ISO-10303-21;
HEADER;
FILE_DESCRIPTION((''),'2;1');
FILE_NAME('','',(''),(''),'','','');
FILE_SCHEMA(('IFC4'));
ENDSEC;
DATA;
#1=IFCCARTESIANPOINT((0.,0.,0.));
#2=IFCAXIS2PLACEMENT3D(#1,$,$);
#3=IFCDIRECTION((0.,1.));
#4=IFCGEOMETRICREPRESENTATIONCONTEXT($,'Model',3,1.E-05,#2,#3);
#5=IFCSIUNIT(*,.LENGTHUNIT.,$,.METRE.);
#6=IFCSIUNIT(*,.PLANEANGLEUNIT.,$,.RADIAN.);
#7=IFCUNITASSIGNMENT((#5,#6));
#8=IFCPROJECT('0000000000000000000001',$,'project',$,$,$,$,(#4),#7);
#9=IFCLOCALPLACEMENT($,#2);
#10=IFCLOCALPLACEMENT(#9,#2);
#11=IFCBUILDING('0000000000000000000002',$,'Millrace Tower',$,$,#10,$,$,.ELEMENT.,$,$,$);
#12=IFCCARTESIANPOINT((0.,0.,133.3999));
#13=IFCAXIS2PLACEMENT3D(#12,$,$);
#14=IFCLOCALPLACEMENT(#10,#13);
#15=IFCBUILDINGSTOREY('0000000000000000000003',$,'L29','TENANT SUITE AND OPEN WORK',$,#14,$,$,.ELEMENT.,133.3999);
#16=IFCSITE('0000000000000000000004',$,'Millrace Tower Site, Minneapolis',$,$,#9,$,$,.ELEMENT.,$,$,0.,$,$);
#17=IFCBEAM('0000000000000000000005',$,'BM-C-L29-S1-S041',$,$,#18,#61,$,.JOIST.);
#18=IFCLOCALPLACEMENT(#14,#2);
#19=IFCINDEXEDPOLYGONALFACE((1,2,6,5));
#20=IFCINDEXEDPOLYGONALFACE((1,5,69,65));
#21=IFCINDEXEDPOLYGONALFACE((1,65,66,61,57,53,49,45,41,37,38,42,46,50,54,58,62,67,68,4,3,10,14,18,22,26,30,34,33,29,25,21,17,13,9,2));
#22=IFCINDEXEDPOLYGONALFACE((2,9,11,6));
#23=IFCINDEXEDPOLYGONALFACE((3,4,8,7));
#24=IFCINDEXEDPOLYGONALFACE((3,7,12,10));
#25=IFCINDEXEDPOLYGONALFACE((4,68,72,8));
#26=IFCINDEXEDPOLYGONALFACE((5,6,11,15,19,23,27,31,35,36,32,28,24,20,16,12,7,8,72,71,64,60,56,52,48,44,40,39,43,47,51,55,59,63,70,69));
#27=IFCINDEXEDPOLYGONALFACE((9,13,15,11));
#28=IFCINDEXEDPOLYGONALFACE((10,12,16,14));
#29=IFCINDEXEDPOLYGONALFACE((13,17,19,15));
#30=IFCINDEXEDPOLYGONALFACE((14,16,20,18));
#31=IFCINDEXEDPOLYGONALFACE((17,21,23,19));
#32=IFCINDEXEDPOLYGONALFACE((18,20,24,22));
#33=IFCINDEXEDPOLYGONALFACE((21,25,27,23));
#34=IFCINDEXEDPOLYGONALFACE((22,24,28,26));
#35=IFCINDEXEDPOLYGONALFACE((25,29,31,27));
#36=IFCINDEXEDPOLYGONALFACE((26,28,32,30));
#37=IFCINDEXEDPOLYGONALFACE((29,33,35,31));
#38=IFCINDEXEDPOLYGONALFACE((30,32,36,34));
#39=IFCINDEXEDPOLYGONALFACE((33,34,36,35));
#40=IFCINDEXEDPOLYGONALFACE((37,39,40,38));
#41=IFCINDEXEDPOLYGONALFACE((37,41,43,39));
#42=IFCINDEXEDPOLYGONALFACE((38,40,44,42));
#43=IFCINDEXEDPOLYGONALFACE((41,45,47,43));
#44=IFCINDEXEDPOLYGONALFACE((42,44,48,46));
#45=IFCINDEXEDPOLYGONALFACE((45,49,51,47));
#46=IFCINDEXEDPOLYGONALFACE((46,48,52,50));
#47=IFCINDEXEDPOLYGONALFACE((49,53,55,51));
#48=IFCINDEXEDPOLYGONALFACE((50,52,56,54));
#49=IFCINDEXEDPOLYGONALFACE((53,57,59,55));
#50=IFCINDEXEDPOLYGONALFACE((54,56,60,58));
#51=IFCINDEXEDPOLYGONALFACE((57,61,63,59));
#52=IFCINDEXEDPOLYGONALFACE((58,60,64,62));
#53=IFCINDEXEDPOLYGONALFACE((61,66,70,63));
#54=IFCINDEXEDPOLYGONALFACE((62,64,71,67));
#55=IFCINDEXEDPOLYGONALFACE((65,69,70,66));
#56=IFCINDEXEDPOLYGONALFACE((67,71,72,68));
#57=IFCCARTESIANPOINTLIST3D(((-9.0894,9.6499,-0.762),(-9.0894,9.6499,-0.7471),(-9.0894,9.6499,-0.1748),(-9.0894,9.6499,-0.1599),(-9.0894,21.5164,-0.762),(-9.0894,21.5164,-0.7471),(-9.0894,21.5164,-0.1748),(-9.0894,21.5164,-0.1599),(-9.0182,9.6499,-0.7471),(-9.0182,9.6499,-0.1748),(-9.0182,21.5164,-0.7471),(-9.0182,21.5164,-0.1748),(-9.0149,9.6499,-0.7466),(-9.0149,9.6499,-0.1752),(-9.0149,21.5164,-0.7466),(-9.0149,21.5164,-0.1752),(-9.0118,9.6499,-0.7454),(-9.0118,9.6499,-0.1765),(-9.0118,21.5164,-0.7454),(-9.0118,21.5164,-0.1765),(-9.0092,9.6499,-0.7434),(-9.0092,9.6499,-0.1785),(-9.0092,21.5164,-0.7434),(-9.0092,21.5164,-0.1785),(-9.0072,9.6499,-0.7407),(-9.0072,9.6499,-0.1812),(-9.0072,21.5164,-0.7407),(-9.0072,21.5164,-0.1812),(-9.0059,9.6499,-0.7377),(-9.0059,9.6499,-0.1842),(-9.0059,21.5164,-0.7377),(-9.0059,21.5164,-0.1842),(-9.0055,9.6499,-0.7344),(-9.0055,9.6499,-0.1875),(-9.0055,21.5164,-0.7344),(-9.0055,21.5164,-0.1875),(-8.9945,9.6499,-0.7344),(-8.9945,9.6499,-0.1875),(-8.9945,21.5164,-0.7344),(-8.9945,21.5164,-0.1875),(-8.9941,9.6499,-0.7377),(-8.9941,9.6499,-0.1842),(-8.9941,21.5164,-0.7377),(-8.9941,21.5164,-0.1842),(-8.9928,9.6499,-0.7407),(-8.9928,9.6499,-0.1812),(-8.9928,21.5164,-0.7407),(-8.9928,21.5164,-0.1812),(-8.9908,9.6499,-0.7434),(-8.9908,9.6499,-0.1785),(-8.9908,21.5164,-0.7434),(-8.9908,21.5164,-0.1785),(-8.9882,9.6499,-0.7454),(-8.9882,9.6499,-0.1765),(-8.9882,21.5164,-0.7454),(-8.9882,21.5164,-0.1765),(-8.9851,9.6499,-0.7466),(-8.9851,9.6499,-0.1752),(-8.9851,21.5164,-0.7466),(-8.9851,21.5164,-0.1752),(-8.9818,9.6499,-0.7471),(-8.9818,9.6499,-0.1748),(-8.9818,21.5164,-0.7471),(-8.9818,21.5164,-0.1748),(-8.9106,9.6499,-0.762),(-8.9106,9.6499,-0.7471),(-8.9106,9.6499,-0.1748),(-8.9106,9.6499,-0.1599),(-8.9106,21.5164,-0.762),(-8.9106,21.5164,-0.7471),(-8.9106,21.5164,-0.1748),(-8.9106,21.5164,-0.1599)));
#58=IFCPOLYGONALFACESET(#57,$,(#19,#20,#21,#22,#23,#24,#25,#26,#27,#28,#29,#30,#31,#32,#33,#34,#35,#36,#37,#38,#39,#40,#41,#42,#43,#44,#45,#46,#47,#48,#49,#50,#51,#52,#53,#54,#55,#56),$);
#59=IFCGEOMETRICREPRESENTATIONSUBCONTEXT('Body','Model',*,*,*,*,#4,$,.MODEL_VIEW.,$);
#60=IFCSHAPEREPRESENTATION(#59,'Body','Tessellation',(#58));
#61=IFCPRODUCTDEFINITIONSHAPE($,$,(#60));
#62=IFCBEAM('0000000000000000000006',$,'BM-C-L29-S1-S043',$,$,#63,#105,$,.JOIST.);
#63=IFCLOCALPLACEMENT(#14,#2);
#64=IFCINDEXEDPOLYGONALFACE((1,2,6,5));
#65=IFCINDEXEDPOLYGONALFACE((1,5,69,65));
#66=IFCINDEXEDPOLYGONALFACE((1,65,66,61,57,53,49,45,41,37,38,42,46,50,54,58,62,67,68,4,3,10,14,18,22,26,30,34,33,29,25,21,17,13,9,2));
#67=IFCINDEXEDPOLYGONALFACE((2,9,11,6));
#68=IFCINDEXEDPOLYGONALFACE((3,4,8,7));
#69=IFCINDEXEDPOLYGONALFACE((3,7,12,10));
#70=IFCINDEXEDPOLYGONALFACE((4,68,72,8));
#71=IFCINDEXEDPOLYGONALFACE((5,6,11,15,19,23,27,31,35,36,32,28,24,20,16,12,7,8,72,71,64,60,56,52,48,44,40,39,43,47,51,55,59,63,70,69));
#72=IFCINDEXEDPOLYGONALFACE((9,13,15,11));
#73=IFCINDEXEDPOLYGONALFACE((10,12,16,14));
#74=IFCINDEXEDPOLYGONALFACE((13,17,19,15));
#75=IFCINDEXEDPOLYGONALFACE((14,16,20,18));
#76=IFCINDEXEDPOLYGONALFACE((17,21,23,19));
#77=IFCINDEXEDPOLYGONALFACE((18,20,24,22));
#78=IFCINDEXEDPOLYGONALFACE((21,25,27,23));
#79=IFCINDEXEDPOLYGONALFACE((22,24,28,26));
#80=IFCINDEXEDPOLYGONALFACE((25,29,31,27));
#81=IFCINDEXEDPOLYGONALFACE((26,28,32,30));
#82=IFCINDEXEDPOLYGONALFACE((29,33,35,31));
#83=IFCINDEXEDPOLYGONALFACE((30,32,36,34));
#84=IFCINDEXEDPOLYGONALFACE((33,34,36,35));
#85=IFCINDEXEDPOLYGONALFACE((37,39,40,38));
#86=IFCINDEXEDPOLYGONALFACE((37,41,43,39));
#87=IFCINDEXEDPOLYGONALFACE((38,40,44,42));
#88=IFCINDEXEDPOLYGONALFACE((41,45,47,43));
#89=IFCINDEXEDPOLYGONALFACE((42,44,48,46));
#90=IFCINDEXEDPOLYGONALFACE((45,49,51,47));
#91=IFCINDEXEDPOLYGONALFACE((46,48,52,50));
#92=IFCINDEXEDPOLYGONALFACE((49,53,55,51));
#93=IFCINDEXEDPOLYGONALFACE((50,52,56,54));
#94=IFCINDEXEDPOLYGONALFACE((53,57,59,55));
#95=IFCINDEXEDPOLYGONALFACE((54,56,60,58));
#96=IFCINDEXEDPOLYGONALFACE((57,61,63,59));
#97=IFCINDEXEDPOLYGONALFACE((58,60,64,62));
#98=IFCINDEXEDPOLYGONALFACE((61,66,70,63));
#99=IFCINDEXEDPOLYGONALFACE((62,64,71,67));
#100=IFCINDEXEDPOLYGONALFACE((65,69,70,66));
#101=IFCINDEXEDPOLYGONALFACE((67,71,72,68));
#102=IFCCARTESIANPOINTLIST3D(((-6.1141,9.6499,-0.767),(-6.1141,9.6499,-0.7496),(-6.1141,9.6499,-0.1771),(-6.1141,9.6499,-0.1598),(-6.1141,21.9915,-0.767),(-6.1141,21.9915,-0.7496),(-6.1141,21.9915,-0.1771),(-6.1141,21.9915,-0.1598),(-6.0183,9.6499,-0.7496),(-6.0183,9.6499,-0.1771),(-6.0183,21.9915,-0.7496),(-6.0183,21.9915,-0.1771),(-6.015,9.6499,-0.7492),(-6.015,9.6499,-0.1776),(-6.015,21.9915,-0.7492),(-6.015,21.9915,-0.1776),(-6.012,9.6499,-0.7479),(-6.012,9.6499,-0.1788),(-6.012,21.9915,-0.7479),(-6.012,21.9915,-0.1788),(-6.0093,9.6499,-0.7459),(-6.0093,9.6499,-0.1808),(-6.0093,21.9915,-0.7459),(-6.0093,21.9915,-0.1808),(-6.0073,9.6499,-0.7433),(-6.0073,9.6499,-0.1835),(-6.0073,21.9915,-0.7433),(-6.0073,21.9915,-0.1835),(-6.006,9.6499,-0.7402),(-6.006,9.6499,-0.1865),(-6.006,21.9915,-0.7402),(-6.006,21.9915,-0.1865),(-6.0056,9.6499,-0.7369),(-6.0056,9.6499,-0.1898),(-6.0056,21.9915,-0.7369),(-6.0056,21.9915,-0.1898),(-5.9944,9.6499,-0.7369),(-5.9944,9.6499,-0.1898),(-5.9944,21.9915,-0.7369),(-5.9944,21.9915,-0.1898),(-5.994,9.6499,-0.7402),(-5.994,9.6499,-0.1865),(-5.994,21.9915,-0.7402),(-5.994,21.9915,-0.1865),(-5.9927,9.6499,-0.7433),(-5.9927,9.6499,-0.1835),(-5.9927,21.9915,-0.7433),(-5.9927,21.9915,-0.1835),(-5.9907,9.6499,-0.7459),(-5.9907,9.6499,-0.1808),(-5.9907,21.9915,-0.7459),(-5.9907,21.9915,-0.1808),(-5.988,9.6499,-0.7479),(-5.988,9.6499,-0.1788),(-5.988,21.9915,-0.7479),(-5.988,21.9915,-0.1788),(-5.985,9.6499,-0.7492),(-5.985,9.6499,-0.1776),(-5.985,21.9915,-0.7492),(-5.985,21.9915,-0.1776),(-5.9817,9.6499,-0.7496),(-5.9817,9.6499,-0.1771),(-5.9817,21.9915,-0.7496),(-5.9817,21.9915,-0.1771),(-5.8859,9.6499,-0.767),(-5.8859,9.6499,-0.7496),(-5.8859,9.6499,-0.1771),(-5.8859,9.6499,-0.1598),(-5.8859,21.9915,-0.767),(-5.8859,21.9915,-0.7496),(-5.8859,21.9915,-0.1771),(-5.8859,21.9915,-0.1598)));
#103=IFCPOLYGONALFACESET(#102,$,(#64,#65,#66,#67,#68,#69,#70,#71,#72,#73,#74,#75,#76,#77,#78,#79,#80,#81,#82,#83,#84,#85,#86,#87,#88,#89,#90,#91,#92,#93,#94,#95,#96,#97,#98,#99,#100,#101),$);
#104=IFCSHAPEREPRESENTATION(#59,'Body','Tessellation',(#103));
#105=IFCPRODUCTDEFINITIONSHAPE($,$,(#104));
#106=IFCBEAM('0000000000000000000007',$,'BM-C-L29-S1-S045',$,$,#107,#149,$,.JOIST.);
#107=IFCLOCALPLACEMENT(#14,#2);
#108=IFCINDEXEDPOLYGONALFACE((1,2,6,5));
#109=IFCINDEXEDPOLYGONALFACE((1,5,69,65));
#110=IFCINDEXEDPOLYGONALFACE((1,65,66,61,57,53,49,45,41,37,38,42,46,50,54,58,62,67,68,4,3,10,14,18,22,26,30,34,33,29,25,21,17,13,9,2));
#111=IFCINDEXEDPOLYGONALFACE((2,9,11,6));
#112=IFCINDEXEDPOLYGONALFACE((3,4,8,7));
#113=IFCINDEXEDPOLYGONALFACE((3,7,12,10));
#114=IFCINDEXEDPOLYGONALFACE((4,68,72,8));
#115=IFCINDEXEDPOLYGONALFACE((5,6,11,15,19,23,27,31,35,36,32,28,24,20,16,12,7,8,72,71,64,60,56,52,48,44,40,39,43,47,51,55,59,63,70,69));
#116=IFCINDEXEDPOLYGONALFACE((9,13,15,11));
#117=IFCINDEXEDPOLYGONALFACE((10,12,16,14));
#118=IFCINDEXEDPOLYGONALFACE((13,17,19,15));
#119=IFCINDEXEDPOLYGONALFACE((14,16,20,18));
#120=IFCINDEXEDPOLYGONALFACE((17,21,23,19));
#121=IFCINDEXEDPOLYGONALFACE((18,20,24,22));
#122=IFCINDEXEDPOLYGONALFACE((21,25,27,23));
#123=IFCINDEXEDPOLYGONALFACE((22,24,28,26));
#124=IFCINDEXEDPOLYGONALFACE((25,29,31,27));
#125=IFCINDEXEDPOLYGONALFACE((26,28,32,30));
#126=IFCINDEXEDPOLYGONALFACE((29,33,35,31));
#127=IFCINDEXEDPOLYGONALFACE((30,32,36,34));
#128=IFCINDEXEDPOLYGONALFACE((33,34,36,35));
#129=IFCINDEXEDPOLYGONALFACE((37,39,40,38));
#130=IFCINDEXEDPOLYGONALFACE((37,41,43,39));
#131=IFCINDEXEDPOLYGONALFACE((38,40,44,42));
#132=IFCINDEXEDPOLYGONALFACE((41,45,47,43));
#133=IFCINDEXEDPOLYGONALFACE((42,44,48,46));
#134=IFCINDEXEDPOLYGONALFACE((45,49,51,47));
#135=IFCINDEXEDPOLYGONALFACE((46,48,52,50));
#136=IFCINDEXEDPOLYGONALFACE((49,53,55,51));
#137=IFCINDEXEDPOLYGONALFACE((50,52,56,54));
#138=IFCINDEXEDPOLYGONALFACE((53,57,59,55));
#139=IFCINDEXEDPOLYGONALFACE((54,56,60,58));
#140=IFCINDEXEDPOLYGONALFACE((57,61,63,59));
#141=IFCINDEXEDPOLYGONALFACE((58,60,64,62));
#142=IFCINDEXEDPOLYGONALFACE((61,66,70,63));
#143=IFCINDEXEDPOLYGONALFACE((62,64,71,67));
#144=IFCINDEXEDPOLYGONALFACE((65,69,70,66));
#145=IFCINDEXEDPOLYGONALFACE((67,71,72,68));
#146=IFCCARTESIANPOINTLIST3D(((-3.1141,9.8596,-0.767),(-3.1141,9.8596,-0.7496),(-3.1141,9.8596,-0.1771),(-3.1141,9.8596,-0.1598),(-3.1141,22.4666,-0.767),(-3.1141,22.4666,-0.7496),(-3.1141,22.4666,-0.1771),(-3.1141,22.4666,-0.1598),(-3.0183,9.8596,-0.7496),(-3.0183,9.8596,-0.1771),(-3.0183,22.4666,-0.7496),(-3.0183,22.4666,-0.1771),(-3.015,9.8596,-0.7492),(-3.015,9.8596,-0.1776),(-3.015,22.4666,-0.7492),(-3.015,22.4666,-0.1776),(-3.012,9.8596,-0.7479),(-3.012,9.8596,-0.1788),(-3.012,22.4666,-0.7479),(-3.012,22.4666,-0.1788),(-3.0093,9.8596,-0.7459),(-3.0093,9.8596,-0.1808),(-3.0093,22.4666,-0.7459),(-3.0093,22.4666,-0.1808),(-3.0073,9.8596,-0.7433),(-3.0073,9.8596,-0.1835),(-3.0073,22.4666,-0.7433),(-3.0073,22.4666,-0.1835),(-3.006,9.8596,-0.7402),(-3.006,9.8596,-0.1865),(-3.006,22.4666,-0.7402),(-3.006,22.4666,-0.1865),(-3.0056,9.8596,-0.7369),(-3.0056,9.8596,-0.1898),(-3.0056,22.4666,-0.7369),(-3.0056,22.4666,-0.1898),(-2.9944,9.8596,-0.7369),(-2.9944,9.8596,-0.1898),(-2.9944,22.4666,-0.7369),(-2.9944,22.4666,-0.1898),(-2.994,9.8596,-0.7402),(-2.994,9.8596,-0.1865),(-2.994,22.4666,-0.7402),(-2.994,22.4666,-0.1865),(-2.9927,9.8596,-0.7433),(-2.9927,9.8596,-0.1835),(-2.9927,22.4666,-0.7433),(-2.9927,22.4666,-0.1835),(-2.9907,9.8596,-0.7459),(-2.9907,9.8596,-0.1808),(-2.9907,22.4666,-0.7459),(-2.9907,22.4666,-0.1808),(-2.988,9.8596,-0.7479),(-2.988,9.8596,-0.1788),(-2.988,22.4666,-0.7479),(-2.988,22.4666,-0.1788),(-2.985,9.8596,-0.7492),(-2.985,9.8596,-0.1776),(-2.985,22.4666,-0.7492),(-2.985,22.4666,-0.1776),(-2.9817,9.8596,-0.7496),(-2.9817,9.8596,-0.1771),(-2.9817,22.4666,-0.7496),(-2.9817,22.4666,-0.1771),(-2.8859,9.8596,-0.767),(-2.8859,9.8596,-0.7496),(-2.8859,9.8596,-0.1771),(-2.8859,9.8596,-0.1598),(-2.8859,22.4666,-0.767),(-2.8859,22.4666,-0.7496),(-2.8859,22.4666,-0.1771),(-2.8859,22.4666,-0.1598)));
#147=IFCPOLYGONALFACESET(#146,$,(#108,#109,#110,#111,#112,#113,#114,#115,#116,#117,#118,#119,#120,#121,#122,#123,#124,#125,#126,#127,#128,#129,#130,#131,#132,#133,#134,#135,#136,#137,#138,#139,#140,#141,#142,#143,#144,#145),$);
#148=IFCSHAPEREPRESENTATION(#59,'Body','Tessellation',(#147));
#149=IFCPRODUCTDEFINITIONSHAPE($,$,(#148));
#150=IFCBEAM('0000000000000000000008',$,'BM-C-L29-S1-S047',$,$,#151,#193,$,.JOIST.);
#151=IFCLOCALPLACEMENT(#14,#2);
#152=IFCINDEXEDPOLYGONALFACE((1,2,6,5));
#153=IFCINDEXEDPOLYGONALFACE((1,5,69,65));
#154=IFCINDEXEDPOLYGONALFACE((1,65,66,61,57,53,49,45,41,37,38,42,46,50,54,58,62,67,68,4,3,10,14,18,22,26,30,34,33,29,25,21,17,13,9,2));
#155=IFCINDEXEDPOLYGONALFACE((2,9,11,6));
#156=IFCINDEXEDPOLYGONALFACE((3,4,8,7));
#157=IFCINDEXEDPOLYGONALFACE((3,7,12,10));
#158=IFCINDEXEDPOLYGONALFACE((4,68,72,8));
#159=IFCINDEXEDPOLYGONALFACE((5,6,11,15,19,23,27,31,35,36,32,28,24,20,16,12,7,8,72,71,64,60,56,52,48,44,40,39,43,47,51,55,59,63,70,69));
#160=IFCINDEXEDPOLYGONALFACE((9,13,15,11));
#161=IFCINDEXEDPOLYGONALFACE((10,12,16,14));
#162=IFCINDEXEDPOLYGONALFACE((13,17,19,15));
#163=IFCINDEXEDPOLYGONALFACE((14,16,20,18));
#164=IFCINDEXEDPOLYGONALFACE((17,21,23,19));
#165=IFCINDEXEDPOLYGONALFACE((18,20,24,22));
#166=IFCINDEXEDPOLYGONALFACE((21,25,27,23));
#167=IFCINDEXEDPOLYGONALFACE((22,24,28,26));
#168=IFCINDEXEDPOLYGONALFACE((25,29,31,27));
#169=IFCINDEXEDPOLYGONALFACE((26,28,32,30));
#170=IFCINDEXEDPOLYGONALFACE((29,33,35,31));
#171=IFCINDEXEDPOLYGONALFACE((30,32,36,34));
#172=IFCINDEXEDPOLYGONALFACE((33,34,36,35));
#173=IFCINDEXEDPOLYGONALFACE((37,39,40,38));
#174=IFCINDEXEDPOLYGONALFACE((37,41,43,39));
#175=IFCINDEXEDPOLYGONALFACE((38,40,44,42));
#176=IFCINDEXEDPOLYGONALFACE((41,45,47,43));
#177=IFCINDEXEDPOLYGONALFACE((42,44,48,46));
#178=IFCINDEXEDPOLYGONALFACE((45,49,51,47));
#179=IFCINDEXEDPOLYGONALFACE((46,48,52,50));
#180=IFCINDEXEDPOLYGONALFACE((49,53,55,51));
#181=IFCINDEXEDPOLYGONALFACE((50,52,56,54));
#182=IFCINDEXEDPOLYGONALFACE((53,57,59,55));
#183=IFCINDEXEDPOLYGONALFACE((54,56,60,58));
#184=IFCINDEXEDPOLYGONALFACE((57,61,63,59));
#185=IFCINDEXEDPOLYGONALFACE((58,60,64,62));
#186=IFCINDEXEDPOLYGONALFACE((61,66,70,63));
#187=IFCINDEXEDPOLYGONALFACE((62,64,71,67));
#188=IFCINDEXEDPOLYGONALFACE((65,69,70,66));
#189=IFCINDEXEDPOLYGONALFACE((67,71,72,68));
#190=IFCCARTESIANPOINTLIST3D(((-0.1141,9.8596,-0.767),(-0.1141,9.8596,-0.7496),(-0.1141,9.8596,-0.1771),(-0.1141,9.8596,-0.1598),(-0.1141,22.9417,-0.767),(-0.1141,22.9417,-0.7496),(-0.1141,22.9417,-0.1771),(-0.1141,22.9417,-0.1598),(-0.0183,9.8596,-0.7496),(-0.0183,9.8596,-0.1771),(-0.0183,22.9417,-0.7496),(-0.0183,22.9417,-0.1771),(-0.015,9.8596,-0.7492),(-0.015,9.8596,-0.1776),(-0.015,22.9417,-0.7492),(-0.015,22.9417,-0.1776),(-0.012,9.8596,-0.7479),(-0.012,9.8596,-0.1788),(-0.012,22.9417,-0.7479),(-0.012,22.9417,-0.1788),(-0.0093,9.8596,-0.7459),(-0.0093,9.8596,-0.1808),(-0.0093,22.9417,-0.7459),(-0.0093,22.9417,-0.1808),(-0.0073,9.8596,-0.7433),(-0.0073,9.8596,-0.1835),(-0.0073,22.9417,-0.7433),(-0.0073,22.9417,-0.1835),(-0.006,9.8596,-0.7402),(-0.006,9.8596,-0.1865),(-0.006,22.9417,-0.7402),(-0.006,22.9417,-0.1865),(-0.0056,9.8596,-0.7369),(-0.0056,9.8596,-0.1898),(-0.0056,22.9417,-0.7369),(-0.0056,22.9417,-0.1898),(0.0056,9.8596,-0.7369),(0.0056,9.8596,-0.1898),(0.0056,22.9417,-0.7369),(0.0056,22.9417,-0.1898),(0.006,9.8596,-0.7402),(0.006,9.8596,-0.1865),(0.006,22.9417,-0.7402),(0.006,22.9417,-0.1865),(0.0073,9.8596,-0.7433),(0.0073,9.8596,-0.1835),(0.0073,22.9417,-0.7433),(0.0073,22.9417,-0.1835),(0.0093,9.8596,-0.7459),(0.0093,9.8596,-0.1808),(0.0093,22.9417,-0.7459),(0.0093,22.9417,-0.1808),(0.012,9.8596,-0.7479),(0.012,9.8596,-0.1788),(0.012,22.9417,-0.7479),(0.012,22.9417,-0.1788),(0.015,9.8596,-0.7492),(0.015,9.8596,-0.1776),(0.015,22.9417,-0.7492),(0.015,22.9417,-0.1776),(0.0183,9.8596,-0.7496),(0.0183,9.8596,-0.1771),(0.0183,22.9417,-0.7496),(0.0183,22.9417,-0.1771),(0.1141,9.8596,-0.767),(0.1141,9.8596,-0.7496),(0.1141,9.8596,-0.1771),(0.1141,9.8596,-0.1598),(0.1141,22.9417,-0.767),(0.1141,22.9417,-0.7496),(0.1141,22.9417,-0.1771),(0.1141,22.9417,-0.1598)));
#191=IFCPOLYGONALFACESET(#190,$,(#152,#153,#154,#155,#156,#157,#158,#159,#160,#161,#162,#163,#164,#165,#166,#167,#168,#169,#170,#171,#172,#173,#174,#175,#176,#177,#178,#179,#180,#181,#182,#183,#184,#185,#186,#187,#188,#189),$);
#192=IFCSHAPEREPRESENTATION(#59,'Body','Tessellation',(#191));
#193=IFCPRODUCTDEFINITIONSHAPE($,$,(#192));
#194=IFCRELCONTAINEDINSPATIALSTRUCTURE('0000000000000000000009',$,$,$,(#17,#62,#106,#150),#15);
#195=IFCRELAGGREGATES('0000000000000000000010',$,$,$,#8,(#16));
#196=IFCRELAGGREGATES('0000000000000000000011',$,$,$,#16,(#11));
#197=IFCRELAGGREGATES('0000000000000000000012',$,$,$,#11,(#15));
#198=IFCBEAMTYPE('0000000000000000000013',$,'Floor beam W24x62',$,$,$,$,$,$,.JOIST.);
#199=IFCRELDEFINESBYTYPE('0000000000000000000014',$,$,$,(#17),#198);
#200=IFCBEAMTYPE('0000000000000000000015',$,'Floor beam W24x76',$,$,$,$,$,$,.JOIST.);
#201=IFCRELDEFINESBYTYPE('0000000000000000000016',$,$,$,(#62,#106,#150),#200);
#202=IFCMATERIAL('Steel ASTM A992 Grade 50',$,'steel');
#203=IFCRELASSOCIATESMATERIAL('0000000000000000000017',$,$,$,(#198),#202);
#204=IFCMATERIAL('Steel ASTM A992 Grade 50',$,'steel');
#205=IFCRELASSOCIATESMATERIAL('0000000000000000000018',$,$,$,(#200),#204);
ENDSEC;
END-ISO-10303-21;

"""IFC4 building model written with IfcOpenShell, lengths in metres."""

from ifc_helpers import new_model, si_unit, direction, frame, origin, origin_2d, place, context, subcontext, project, spatial, i_section, extrude, material, material_profile, profile_set, type_object, element, save


model = new_model("IFC4")

# Units and contexts
model_context = context("Model", 3, precision=1e-05, world=origin(), true_north=direction((0.0, 1.0)))
body_context = subcontext(model_context, "Body", "Model", "MODEL_VIEW")
ifc_project = project(units=[si_unit("LENGTHUNIT", "METRE"), si_unit("PLANEANGLEUNIT", "RADIAN")], contexts=[model_context])

# Site, building, storey
site_placement = place(None, origin())
site = spatial("IfcSite", under=ifc_project, at=site_placement, Name="Millrace Tower Site, Minneapolis", CompositionType="ELEMENT", RefElevation=0.0)
building_placement = place(site_placement, origin())
building = spatial("IfcBuilding", under=site, at=building_placement, Name="Millrace Tower", CompositionType="ELEMENT")
storey_placement = place(building_placement, frame((0.0, 0.0, 133.3999)))
storey = spatial("IfcBuildingStorey", under=building, at=storey_placement, Name="L29", Description="TENANT SUITE AND OPEN WORK", CompositionType="ELEMENT", Elevation=133.3999)

# Beams
ifc_material_1 = material(Name="Steel ASTM A992 Grade 50", Category="steel")
ifc_material_profile_1 = material_profile(ifc_material_1, i_section(OverallWidth=0.1787, OverallDepth=0.6021, WebThickness=0.011, FlangeThickness=0.0149, FilletRadius=0.0127, at=origin_2d()))
ifc_profile_set_1 = profile_set([ifc_material_profile_1], Name="Steel ASTM A992 Grade 50")
beam_type_1 = type_object("IfcBeamType", Name="Floor beam W24x62", PredefinedType="JOIST", material=ifc_profile_set_1)
beam_1_placement = place(storey_placement, frame((-9.0, 9.6499, -0.4609), z_axis=(0.0, 1.0, 0.0), x_axis=(-1.0, 0.0, 0.0)))
element("IfcBeam", 1, at=beam_1_placement, inside=storey, type_object=beam_type_1, Name="BM-C-L29-S1-S041", PredefinedType="JOIST", context=body_context, shape_type="SweptSolid", body=[
    extrude(i_section(OverallWidth=0.1787, OverallDepth=0.6021, WebThickness=0.011, FlangeThickness=0.0149, FilletRadius=0.0127, at=origin_2d()), origin(), (0.0, 0.0, 1.0), 11.8665),
])
ifc_material_2 = material(Name="Steel ASTM A992 Grade 50", Category="steel")
ifc_material_profile_2 = material_profile(ifc_material_2, i_section(OverallWidth=0.2283, OverallDepth=0.6072, WebThickness=0.0112, FlangeThickness=0.0173, FilletRadius=0.0127, at=origin_2d()))
ifc_profile_set_2 = profile_set([ifc_material_profile_2], Name="Steel ASTM A992 Grade 50")
beam_type_2 = type_object("IfcBeamType", Name="Floor beam W24x76", PredefinedType="JOIST", material=ifc_profile_set_2)
beam_2_placement = place(storey_placement, frame((-6.0, 9.6499, -0.4634), z_axis=(0.0, 1.0, 0.0), x_axis=(-1.0, 0.0, 0.0)))
element("IfcBeam", 2, at=beam_2_placement, inside=storey, type_object=beam_type_2, Name="BM-C-L29-S1-S043", PredefinedType="JOIST", context=body_context, shape_type="SweptSolid", body=[
    extrude(i_section(OverallWidth=0.2283, OverallDepth=0.6072, WebThickness=0.0112, FlangeThickness=0.0173, FilletRadius=0.0127, at=origin_2d()), origin(), (0.0, 0.0, 1.0), 12.3416),
])
beam_3_placement = place(storey_placement, frame((-3.0, 9.8596, -0.4634), z_axis=(0.0, 1.0, 0.0), x_axis=(-1.0, 0.0, 0.0)))
element("IfcBeam", 3, at=beam_3_placement, inside=storey, type_object=beam_type_2, Name="BM-C-L29-S1-S045", PredefinedType="JOIST", context=body_context, shape_type="SweptSolid", body=[
    extrude(i_section(OverallWidth=0.2283, OverallDepth=0.6072, WebThickness=0.0112, FlangeThickness=0.0173, FilletRadius=0.0127, at=origin_2d()), origin(), (0.0, 0.0, 1.0), 12.6069),
])
beam_4_placement = place(storey_placement, frame((0.0, 9.8596, -0.4634), z_axis=(0.0, 1.0, 0.0), x_axis=(-1.0, 0.0, 0.0)))
element("IfcBeam", 4, at=beam_4_placement, inside=storey, type_object=beam_type_2, Name="BM-C-L29-S1-S047", PredefinedType="JOIST", context=body_context, shape_type="SweptSolid", body=[
    extrude(i_section(OverallWidth=0.2283, OverallDepth=0.6072, WebThickness=0.0112, FlangeThickness=0.0173, FilletRadius=0.0127, at=origin_2d()), origin(), (0.0, 0.0, 1.0), 13.082),
])

save(model, "model.ifc")
